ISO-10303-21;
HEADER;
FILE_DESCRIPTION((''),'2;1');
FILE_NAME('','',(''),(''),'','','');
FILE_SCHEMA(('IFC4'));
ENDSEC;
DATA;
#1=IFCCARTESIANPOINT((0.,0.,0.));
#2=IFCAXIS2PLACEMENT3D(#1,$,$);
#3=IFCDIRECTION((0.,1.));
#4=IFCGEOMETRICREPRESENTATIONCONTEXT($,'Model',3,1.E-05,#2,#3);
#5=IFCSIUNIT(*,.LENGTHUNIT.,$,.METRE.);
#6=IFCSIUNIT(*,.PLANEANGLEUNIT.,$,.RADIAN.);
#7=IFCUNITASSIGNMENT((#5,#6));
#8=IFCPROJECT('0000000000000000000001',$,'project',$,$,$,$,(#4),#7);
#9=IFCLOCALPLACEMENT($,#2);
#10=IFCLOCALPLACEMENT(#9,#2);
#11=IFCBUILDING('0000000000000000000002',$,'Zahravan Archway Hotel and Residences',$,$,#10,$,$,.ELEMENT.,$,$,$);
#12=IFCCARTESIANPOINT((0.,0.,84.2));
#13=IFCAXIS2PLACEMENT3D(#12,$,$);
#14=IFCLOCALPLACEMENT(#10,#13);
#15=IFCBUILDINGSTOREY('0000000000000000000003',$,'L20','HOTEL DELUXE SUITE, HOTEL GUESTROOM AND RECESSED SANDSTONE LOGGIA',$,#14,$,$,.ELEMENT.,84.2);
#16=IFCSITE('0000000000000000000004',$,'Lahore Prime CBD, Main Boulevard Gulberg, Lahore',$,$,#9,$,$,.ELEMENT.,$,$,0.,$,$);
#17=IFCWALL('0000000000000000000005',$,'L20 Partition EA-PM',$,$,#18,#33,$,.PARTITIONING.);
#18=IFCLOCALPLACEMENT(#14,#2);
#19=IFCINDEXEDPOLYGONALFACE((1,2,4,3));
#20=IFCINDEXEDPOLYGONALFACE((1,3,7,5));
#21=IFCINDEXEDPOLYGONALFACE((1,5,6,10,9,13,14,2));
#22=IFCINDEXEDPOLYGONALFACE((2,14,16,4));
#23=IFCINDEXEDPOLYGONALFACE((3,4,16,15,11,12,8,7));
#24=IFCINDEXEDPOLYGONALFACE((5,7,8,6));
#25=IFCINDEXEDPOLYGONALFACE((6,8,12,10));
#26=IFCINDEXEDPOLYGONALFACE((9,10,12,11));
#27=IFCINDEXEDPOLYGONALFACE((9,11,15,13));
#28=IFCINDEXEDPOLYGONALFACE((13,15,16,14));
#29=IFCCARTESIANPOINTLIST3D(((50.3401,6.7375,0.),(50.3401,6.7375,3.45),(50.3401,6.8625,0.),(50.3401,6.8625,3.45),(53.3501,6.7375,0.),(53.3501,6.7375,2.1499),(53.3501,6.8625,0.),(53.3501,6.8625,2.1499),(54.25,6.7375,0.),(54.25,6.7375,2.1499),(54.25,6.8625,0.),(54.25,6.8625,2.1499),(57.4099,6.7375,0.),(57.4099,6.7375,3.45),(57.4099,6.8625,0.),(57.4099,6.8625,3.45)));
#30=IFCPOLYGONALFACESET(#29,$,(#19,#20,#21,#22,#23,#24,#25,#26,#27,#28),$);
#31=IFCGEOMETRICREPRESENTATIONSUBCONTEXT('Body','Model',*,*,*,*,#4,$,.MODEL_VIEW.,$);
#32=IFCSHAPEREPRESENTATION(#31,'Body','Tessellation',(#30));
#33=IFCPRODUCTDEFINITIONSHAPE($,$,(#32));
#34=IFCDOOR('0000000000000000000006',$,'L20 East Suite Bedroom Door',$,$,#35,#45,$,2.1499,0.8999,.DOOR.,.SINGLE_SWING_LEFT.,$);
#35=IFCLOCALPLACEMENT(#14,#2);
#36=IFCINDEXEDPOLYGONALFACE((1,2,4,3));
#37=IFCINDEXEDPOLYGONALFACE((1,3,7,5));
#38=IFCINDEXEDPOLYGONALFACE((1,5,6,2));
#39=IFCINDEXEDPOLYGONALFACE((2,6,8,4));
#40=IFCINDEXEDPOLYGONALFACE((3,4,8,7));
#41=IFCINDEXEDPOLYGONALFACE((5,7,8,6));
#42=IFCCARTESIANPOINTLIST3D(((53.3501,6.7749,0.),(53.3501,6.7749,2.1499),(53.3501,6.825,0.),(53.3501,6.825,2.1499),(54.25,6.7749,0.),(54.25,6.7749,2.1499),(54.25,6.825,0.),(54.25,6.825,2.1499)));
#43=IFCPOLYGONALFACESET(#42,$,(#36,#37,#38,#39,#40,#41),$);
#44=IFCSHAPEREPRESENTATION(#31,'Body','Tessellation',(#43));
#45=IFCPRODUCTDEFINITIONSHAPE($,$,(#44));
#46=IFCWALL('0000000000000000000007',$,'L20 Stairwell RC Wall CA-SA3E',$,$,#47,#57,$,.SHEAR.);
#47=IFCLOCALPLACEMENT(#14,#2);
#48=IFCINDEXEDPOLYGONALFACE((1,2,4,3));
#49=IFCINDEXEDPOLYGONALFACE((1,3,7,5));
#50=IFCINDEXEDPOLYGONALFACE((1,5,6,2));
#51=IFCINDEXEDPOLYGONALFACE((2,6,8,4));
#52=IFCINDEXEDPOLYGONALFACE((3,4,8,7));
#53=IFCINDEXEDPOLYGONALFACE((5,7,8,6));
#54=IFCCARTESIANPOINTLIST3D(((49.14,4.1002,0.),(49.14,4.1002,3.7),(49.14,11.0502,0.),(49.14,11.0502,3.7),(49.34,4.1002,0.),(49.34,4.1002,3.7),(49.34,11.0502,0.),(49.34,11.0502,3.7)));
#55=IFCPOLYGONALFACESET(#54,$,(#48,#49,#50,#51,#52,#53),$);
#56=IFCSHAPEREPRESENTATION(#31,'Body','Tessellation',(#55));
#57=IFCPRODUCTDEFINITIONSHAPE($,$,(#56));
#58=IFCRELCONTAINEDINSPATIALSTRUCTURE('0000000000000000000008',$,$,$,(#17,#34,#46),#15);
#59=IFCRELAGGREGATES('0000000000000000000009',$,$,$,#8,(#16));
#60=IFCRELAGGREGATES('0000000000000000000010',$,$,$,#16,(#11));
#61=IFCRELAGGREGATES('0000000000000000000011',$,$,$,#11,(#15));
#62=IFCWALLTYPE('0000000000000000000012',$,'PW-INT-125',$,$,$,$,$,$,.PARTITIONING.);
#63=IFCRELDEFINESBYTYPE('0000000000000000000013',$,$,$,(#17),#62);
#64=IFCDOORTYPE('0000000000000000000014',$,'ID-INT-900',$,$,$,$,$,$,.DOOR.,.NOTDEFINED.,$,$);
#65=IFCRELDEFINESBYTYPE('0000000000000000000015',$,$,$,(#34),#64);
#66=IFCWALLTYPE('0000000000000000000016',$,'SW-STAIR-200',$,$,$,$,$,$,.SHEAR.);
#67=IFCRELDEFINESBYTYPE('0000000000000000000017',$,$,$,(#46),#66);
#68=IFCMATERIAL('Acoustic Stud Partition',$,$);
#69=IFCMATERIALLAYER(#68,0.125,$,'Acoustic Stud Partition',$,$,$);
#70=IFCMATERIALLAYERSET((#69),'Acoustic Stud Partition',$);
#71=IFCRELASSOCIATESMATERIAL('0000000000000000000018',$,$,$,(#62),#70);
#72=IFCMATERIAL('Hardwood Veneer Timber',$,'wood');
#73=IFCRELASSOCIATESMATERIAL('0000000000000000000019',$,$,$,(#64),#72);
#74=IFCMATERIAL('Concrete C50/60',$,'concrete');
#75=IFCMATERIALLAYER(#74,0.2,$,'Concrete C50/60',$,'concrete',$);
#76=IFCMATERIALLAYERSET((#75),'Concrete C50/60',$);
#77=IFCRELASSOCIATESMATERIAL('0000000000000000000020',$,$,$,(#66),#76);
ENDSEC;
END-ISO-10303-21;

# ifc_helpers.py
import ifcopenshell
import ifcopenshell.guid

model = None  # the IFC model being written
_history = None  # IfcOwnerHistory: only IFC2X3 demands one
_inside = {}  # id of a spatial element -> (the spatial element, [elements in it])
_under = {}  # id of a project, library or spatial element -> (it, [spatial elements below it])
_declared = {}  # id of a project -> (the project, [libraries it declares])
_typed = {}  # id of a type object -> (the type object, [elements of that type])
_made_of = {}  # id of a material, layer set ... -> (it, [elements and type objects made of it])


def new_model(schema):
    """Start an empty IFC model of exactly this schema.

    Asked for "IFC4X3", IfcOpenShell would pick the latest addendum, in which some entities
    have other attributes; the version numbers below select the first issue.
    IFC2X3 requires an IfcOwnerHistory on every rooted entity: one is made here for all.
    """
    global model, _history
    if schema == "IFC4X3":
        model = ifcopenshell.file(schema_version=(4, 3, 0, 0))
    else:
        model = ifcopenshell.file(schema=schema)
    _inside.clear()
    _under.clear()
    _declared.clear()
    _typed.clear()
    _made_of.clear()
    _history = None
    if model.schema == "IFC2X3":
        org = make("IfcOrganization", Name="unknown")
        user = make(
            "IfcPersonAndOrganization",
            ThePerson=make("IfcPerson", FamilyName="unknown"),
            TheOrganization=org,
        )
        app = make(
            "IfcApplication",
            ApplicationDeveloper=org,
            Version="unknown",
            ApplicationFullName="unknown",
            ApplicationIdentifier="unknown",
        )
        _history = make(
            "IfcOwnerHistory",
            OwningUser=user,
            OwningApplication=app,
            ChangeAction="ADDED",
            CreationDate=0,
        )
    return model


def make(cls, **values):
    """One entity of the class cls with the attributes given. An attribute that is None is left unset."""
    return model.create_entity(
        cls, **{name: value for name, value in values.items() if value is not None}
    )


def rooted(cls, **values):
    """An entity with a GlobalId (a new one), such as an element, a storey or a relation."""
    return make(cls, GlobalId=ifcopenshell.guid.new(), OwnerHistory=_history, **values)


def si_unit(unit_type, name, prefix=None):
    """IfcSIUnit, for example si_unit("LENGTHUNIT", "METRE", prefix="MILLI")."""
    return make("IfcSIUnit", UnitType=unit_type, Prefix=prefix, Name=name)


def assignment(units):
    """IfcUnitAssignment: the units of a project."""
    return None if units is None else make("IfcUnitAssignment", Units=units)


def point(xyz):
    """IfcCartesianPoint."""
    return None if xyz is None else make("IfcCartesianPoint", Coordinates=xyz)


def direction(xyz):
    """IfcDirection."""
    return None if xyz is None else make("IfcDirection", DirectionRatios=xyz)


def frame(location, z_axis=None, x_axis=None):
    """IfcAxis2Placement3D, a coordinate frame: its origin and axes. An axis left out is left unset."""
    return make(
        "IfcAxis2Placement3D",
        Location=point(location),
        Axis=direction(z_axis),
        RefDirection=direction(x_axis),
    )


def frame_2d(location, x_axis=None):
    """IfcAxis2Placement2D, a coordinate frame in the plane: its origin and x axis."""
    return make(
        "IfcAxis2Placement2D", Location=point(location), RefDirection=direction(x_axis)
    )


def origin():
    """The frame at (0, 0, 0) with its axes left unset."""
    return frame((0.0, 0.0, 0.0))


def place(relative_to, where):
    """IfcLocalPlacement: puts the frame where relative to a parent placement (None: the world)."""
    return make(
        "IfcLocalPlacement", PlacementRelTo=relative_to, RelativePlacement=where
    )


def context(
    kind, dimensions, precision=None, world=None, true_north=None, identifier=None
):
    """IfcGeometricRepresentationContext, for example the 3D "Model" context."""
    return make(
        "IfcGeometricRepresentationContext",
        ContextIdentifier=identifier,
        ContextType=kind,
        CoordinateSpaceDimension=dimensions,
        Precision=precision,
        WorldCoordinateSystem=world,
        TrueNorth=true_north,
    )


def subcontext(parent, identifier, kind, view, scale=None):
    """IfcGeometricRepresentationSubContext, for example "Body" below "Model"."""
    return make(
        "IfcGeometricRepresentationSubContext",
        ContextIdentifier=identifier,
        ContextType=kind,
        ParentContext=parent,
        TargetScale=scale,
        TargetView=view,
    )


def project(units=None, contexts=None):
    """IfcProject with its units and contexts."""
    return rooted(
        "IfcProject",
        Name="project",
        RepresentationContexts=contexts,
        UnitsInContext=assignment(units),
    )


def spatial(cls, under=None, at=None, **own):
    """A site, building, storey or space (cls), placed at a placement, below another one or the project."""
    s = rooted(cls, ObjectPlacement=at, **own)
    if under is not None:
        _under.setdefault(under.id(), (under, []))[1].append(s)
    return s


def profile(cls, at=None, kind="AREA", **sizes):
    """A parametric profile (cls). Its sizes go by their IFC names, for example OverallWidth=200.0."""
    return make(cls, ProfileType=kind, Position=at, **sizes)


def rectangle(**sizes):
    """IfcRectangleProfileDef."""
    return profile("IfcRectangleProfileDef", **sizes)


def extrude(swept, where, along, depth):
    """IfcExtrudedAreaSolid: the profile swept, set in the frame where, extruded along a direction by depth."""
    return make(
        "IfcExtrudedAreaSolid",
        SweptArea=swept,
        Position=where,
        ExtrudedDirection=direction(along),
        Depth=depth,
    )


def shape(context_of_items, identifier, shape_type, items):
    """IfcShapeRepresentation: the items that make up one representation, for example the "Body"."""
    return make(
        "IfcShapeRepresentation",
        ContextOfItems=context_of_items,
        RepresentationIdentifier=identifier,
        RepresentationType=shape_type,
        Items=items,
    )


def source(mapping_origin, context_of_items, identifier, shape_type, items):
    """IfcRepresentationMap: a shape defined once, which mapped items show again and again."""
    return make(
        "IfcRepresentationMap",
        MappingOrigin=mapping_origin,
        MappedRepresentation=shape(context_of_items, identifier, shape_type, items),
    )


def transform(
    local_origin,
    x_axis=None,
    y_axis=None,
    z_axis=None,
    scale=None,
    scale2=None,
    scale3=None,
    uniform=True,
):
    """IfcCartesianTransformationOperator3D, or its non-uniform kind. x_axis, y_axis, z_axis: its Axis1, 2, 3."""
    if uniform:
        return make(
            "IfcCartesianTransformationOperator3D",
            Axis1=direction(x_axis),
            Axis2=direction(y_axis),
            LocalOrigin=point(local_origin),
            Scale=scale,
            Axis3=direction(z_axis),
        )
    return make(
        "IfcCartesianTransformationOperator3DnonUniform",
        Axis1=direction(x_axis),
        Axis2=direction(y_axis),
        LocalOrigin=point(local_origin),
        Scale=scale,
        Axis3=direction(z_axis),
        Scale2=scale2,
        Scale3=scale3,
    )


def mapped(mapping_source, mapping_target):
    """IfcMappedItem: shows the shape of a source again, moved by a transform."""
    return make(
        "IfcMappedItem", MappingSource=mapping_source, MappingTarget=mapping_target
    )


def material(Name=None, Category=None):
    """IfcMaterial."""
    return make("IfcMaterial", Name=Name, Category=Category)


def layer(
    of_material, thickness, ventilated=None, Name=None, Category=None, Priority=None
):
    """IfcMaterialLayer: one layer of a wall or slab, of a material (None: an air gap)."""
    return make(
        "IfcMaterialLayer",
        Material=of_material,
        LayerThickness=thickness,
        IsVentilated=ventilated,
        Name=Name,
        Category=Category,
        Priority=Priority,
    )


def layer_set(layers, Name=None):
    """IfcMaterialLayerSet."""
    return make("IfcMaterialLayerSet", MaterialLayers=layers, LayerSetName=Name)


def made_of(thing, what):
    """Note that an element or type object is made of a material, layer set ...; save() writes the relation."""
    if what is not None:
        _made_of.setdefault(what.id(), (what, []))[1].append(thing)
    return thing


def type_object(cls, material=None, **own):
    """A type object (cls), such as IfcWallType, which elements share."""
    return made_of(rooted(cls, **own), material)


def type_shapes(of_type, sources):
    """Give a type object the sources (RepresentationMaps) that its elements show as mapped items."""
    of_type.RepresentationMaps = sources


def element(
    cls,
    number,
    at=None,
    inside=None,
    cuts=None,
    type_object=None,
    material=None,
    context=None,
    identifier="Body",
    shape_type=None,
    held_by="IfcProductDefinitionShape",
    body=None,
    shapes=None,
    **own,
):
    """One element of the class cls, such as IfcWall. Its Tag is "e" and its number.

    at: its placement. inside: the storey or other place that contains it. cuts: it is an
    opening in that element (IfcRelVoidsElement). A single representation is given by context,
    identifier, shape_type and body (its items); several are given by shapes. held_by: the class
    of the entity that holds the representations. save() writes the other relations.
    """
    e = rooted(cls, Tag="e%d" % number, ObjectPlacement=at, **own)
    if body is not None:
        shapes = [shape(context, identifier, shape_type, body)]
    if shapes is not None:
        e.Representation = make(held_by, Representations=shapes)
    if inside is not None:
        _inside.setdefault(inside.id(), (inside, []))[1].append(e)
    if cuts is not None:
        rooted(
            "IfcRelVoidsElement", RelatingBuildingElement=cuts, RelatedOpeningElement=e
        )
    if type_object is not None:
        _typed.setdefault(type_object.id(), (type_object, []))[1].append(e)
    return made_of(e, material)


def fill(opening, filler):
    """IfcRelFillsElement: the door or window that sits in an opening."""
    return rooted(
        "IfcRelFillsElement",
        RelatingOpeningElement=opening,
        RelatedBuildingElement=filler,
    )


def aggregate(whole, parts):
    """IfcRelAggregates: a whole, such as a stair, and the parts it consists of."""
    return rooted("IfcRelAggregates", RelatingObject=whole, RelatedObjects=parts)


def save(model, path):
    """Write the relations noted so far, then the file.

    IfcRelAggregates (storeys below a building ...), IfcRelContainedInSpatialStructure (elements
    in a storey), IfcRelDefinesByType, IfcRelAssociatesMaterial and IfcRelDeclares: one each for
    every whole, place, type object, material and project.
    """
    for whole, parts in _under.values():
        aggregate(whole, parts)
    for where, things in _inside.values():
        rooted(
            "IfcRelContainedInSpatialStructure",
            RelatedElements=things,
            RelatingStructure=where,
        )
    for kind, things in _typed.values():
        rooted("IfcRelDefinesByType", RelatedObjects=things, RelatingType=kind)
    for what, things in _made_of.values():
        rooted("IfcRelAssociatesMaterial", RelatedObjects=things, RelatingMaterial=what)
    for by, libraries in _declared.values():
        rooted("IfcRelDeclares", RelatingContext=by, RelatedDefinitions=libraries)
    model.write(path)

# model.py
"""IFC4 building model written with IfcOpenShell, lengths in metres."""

from ifc_helpers import new_model, si_unit, direction, frame, frame_2d, origin, place, context, subcontext, project, spatial, rectangle, extrude, source, transform, mapped, material, layer, layer_set, type_object, type_shapes, element, fill, save


model = new_model("IFC4")

# Units and contexts
model_context = context("Model", 3, precision=1e-05, world=origin(), true_north=direction((0.0, 1.0)))
body_context = subcontext(model_context, "Body", "Model", "MODEL_VIEW")
ifc_project = project(units=[si_unit("LENGTHUNIT", "METRE"), si_unit("PLANEANGLEUNIT", "RADIAN")], contexts=[model_context])

# Site, building, storey
site_placement = place(None, origin())
site = spatial("IfcSite", under=ifc_project, at=site_placement, Name="Lahore Prime CBD, Main Boulevard Gulberg, Lahore", CompositionType="ELEMENT", RefElevation=0.0)
building_placement = place(site_placement, origin())
building = spatial("IfcBuilding", under=site, at=building_placement, Name="Zahravan Archway Hotel and Residences", CompositionType="ELEMENT")
storey_placement = place(building_placement, frame((0.0, 0.0, 84.2)))
storey = spatial("IfcBuildingStorey", under=building, at=storey_placement, Name="L20", Description="HOTEL DELUXE SUITE, HOTEL GUESTROOM AND RECESSED SANDSTONE LOGGIA", CompositionType="ELEMENT", Elevation=84.2)

# Wall, opening, door
ifc_material_1 = material(Name="Acoustic Stud Partition")
ifc_layer_1 = layer(ifc_material_1, 0.125, Name="Acoustic Stud Partition")
ifc_layer_set_1 = layer_set([ifc_layer_1], Name="Acoustic Stud Partition")
wall_type_1 = type_object("IfcWallType", Name="PW-INT-125", PredefinedType="PARTITIONING", material=ifc_layer_set_1)
wall_1_placement = place(storey_placement, frame((50.3401, 6.8, 0.0), z_axis=(0.0, 0.0, 1.0), x_axis=(1.0, 0.0, 0.0)))
wall_1 = element("IfcWall", 1, at=wall_1_placement, inside=storey, type_object=wall_type_1, Name="L20 Partition EA-PM", PredefinedType="PARTITIONING", context=body_context, shape_type="SweptSolid", body=[
    extrude(rectangle(XDim=7.0698, YDim=0.125, at=frame_2d((3.5349, 0.0))), origin(), (0.0, 0.0, 1.0), 3.45),
])
opening_1_placement = place(wall_1_placement, frame((3.01, 0.0, 0.0)))
opening_1 = element("IfcOpeningElement", 2, at=opening_1_placement, cuts=wall_1, PredefinedType="OPENING", context=body_context, shape_type="SweptSolid", body=[
    extrude(rectangle(XDim=0.8999, YDim=2.1499, at=frame_2d((0.45, 1.075))), frame((0.0, 0.0725, 0.0), z_axis=(0.0, -1.0, 0.0), x_axis=(1.0, 0.0, 0.0)), (0.0, 0.0, 1.0), 0.145),
])
ifc_material_2 = material(Name="Hardwood Veneer Timber", Category="wood")
door_type_1 = type_object("IfcDoorType", Name="ID-INT-900", OperationType="NOTDEFINED", PredefinedType="DOOR", material=ifc_material_2)
shared_shape_1 = source(origin(), body_context, "Body", "SweptSolid", [
    extrude(rectangle(XDim=0.8999, YDim=2.1499, at=frame_2d((0.45, 1.075))), frame((0.0, 0.0249, 0.0), z_axis=(0.0, -1.0, 0.0), x_axis=(1.0, 0.0, 0.0)), (0.0, 0.0, 1.0), 0.05),
])
type_shapes(door_type_1, [shared_shape_1])
door_1_placement = place(opening_1_placement, origin())
door_1 = element("IfcDoor", 3, at=door_1_placement, inside=storey, type_object=door_type_1, Name="L20 East Suite Bedroom Door", OperationType="SINGLE_SWING_LEFT", OverallHeight=2.1499, OverallWidth=0.8999, PredefinedType="DOOR", context=body_context, shape_type="MappedRepresentation", body=[
    mapped(shared_shape_1, transform((0.0, 0.0, 0.0), scale=1.0)),
])
fill(opening_1, door_1)

# Wall
ifc_material_3 = material(Name="Concrete C50/60", Category="concrete")
ifc_layer_2 = layer(ifc_material_3, 0.2, Name="Concrete C50/60", Category="concrete")
ifc_layer_set_2 = layer_set([ifc_layer_2], Name="Concrete C50/60")
wall_type_2 = type_object("IfcWallType", Name="SW-STAIR-200", PredefinedType="SHEAR", material=ifc_layer_set_2)
wall_2_placement = place(storey_placement, frame((49.24, 4.1001, 0.0), z_axis=(0.0, 0.0, 1.0), x_axis=(0.0, 1.0, 0.0)))
element("IfcWall", 4, at=wall_2_placement, inside=storey, type_object=wall_type_2, Name="L20 Stairwell RC Wall CA-SA3E", PredefinedType="SHEAR", context=body_context, shape_type="SweptSolid", body=[
    extrude(rectangle(XDim=6.95, YDim=0.2, at=frame_2d((3.4751, 0.0))), origin(), (0.0, 0.0, 1.0), 3.7),
])

save(model, "model.ifc")
